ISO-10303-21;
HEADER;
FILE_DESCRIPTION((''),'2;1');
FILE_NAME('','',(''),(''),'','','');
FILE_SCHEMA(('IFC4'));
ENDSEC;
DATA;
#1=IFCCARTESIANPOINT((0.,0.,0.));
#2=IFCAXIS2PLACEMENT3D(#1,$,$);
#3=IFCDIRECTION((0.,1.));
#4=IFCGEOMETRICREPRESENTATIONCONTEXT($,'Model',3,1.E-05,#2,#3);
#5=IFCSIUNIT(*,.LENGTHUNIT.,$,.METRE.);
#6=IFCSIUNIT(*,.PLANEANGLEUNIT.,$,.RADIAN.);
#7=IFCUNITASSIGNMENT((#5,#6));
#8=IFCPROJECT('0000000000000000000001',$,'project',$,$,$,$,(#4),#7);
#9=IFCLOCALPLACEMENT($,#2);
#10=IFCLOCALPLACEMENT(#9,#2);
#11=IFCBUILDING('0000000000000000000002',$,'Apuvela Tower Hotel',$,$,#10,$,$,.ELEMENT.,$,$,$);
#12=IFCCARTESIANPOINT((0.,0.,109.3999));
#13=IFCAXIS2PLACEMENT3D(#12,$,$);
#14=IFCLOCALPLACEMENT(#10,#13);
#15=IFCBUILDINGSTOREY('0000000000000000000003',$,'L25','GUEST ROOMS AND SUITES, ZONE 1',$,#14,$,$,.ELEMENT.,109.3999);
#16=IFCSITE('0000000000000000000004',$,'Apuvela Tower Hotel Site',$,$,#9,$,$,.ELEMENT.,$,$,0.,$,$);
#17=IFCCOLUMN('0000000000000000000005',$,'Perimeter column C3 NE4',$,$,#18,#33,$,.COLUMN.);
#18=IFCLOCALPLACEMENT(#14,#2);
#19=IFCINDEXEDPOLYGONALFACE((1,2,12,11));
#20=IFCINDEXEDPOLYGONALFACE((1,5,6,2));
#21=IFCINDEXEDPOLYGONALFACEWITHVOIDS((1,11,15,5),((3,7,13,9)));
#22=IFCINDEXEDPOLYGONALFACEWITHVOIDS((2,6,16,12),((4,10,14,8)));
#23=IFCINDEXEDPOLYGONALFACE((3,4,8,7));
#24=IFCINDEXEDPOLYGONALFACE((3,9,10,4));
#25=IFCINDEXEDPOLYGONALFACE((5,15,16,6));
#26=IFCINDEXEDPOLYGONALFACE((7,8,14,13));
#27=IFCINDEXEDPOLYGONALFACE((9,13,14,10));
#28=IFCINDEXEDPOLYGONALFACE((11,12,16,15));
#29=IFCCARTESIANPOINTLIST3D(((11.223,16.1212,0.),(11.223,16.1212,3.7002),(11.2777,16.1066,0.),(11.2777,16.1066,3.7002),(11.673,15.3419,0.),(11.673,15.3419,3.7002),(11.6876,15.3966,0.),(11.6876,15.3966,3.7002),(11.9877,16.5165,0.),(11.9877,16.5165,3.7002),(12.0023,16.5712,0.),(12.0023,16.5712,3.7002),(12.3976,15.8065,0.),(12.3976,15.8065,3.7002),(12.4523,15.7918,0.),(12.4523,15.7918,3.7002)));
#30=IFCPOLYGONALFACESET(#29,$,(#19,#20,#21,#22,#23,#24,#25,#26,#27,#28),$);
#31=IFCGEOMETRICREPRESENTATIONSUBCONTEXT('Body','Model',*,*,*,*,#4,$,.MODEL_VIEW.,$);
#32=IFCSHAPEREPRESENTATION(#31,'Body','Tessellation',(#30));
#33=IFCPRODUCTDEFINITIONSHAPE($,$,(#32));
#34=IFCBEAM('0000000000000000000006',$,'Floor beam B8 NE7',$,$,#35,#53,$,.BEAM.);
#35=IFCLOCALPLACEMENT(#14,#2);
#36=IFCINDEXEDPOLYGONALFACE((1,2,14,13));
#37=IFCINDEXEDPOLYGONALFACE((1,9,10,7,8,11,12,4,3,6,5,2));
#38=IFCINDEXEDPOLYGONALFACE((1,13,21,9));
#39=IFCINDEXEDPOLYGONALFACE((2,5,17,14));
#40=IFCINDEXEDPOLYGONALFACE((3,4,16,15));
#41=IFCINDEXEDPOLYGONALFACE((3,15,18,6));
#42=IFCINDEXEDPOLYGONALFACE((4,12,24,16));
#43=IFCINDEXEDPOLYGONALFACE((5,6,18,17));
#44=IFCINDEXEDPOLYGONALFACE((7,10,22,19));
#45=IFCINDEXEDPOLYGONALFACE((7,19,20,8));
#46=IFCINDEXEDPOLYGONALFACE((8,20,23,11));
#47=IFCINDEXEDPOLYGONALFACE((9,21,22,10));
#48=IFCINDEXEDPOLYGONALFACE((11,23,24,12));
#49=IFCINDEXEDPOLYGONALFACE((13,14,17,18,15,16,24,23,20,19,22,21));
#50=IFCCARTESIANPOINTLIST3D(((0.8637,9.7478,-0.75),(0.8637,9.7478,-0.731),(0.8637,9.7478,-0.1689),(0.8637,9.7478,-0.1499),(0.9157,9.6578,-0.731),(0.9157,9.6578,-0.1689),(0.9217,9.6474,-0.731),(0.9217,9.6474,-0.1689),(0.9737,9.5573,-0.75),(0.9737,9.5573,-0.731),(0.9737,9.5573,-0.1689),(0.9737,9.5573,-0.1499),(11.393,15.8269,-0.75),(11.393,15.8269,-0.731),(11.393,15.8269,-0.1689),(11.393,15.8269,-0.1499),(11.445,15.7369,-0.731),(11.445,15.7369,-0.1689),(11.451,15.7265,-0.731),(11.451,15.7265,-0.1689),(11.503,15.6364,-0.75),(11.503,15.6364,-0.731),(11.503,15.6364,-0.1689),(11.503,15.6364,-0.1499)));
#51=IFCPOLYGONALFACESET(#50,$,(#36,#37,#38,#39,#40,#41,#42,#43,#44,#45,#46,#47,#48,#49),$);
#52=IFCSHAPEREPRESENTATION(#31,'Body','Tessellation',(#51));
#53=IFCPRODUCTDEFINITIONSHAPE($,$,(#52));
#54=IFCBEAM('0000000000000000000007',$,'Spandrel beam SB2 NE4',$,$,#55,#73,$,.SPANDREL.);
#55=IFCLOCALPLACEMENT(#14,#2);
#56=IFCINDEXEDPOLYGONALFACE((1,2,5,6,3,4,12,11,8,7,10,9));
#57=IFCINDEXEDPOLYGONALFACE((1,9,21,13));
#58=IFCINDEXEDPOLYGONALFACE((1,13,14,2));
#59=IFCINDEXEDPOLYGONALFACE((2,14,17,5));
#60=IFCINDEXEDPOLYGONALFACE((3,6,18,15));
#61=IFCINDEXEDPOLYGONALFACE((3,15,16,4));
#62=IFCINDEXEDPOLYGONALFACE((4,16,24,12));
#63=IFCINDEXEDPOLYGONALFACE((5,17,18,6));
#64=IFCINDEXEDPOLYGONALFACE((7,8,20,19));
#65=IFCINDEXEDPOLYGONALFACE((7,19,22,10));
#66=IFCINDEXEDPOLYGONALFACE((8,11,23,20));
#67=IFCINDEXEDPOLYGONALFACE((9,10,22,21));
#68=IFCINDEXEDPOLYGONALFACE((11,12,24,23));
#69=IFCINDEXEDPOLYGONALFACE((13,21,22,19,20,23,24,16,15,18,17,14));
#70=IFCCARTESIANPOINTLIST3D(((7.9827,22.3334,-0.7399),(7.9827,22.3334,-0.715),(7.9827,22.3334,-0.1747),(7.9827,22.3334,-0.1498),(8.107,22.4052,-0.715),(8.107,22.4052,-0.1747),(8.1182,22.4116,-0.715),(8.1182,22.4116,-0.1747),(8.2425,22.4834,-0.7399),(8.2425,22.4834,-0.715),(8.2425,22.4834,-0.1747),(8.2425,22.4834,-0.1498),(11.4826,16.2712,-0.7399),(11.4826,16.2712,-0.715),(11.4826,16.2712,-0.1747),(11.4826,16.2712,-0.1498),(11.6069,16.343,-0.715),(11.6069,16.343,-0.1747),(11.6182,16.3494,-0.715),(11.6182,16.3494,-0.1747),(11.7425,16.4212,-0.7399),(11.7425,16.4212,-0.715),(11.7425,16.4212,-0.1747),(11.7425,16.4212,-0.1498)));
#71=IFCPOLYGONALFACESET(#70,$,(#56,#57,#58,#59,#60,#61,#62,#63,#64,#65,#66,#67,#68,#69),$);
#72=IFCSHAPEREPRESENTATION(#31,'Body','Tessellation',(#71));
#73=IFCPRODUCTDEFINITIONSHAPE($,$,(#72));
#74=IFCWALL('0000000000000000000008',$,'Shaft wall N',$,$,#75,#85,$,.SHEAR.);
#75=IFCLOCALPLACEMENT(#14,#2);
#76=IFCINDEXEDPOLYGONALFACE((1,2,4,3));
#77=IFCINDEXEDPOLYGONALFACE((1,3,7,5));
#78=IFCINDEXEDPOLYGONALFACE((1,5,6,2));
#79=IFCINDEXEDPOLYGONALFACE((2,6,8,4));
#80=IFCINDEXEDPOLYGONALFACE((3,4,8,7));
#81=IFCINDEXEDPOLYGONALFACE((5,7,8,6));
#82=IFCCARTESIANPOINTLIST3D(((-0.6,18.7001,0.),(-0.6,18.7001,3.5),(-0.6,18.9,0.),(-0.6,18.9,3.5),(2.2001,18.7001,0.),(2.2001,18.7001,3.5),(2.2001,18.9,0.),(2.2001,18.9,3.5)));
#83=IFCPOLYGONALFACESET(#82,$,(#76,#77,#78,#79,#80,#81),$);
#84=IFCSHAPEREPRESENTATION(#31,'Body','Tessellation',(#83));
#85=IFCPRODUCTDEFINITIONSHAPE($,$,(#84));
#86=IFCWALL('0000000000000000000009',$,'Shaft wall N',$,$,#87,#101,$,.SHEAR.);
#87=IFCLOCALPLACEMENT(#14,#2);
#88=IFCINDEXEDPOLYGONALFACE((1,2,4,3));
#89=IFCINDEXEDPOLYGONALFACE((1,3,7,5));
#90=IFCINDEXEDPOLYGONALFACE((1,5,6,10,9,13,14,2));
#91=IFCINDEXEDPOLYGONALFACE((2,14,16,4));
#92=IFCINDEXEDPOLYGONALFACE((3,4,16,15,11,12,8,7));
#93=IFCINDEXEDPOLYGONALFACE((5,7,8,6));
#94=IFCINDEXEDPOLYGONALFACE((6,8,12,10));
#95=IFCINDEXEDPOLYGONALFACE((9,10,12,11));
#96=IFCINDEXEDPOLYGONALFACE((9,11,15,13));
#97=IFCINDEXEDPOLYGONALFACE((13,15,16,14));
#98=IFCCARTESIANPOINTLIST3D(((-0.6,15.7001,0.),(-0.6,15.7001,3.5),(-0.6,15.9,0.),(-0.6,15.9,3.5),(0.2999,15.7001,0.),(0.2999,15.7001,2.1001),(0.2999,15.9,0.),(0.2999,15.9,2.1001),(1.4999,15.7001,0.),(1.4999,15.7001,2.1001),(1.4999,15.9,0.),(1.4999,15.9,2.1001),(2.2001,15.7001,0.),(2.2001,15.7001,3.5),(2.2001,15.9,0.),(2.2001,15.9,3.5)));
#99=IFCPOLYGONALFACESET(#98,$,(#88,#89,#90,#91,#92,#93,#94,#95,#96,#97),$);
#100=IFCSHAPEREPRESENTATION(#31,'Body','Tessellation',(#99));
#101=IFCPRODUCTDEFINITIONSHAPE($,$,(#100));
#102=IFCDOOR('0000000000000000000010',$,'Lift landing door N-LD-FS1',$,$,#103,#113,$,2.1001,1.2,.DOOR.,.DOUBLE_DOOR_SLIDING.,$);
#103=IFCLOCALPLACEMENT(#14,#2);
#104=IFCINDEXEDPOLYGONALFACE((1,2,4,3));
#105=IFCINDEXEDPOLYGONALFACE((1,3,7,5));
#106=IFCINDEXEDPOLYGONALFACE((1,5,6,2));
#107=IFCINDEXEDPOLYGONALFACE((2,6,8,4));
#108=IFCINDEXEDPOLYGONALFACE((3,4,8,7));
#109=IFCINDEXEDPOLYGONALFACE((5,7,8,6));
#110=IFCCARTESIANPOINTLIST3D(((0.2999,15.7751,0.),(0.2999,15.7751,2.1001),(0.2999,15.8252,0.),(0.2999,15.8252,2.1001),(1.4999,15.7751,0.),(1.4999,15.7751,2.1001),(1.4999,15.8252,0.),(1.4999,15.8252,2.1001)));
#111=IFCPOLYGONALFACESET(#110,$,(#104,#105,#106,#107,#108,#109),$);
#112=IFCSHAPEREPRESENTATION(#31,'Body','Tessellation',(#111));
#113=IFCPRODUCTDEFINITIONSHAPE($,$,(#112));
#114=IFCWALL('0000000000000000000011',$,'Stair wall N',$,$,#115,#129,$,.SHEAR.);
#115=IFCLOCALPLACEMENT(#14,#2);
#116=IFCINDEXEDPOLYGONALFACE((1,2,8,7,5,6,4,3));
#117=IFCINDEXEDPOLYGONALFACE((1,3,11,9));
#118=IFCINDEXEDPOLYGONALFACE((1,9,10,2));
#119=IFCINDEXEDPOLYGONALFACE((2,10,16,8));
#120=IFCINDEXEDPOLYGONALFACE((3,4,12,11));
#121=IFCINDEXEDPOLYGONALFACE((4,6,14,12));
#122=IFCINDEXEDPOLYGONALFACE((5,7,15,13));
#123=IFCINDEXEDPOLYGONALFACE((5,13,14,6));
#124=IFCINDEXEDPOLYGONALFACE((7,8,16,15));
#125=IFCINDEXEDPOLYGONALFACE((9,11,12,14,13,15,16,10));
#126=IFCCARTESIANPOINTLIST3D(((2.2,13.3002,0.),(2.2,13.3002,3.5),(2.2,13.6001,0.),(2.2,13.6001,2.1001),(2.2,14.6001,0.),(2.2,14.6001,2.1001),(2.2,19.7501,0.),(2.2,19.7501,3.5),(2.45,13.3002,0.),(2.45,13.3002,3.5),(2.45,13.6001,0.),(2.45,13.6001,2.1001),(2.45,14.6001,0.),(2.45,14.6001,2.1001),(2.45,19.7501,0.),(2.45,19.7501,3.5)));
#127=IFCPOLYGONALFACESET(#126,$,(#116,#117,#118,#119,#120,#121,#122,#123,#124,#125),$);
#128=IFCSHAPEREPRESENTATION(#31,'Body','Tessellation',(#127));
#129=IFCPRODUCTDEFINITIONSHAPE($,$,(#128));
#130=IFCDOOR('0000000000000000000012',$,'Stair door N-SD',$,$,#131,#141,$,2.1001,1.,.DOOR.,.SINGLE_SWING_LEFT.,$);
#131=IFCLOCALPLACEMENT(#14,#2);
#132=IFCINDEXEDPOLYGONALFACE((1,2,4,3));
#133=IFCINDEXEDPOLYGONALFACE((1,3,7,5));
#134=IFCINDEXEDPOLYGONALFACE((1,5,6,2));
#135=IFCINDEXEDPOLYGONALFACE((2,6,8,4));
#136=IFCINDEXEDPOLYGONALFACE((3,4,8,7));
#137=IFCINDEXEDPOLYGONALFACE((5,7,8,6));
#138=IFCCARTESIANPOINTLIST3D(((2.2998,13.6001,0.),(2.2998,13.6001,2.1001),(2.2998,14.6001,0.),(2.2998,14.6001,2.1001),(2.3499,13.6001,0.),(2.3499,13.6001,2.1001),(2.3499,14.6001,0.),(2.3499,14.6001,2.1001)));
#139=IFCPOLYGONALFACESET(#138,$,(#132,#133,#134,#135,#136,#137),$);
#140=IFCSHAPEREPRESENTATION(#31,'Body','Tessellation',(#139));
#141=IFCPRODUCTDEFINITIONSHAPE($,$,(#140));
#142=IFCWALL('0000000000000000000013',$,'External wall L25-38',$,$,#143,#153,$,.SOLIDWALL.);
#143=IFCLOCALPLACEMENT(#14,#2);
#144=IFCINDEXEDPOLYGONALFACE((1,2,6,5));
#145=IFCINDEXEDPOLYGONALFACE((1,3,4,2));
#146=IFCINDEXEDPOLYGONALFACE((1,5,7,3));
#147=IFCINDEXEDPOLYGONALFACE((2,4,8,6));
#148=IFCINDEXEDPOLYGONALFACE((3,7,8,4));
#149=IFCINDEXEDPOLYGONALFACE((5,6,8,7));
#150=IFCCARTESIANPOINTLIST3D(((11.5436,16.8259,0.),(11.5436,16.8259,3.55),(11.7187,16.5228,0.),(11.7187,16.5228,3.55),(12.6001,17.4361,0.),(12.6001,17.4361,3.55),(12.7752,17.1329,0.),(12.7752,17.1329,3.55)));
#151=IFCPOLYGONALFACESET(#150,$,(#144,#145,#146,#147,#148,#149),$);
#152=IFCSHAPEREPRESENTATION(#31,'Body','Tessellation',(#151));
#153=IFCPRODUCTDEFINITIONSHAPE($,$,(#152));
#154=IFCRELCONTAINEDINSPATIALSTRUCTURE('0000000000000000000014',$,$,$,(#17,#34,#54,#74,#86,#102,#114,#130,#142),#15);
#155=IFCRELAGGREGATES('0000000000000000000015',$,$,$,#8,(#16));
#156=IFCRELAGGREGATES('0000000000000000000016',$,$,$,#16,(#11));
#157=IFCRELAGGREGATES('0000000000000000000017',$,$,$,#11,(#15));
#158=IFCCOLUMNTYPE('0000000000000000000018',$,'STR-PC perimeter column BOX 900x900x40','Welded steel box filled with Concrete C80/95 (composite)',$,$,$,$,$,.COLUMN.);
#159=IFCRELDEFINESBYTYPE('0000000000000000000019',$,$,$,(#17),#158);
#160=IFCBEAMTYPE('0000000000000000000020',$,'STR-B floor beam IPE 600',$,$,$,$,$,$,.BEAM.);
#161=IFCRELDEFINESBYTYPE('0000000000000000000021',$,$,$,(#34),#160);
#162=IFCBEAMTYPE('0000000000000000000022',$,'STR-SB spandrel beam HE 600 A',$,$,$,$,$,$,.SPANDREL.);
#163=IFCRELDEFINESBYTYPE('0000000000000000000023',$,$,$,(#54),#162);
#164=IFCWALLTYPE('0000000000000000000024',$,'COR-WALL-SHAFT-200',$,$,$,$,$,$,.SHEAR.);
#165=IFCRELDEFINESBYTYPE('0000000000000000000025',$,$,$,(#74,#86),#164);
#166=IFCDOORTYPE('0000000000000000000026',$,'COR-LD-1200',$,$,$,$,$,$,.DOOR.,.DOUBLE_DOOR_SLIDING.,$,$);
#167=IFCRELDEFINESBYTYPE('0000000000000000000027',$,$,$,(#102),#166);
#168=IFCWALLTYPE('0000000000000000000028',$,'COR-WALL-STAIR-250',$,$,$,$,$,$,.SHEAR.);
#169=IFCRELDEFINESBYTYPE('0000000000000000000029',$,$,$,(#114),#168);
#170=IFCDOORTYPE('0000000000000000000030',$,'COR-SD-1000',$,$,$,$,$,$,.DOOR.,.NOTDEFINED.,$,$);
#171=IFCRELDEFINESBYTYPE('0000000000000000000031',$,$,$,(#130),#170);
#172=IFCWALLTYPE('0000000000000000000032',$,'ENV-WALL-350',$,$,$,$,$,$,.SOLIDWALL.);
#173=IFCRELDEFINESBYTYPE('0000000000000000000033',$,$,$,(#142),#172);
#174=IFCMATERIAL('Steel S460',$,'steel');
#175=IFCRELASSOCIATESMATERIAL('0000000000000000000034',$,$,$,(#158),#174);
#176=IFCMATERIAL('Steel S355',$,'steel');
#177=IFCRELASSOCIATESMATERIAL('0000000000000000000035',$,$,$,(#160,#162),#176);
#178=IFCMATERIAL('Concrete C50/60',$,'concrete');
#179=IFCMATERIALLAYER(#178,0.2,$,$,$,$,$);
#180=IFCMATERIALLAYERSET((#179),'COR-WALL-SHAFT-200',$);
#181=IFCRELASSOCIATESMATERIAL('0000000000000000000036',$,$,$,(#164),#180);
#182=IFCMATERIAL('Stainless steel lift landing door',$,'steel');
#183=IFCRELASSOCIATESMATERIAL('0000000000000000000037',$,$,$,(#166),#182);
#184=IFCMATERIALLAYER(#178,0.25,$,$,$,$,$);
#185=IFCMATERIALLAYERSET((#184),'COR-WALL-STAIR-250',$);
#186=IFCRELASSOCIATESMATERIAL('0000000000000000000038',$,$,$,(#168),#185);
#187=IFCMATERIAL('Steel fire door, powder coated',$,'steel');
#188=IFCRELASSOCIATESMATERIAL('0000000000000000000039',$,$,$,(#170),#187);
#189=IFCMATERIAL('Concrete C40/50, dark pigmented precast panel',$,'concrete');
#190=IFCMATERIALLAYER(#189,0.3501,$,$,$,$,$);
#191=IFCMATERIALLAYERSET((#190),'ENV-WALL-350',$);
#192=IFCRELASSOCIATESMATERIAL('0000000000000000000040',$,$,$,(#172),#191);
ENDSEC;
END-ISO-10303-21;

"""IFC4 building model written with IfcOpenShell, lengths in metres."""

from ifc_helpers import new_model, si_unit, direction, frame, frame_2d, origin, origin_2d, place, context, subcontext, project, spatial, rectangle, hollow_rectangle, i_section, extrude, material, layer, layer_set, material_profile, profile_set, type_object, element, fill, save


model = new_model("IFC4")

# Units and contexts
model_context = context("Model", 3, precision=1e-05, world=origin(), true_north=direction((0.0, 1.0)))
body_context = subcontext(model_context, "Body", "Model", "MODEL_VIEW")
ifc_project = project(units=[si_unit("LENGTHUNIT", "METRE"), si_unit("PLANEANGLEUNIT", "RADIAN")], contexts=[model_context])

# Site, building, storey
site_placement = place(None, origin())
site = spatial("IfcSite", under=ifc_project, at=site_placement, Name="Apuvela Tower Hotel Site", CompositionType="ELEMENT", RefElevation=0.0)
building_placement = place(site_placement, origin())
building = spatial("IfcBuilding", under=site, at=building_placement, Name="Apuvela Tower Hotel", CompositionType="ELEMENT")
storey_placement = place(building_placement, frame((0.0, 0.0, 109.3999)))
storey = spatial("IfcBuildingStorey", under=building, at=storey_placement, Name="L25", Description="GUEST ROOMS AND SUITES, ZONE 1", CompositionType="ELEMENT", Elevation=109.3999)

# Column
ifc_material_1 = material(Name="Steel S460", Category="steel")
ifc_material_profile_1 = material_profile(ifc_material_1, hollow_rectangle(XDim=0.8999, YDim=0.8999, WallThickness=0.04, at=origin_2d()), Name="BOX 900x900x40")
ifc_material_2 = material(Name="Concrete C80/95", Category="concrete")
ifc_material_profile_2 = material_profile(ifc_material_2, rectangle(XDim=0.8201, YDim=0.8201, at=origin_2d()), Name="Concrete C80/95 infill")
ifc_profile_set_1 = profile_set([ifc_material_profile_1, ifc_material_profile_2], Name="Steel S460")
column_type = type_object("IfcColumnType", Name="STR-PC perimeter column BOX 900x900x40", Description="Welded steel box filled with Concrete C80/95 (composite)", PredefinedType="COLUMN", material=ifc_profile_set_1)
column_placement = place(storey_placement, frame((11.8376, 15.9565, 0.0), z_axis=(0.0, 0.0, 1.0), x_axis=(-0.5, 0.866025, 0.0)))
element("IfcColumn", 1, at=column_placement, inside=storey, type_object=column_type, Name="Perimeter column C3 NE4", PredefinedType="COLUMN", context=body_context, shape_type="SweptSolid", body=[
    extrude(hollow_rectangle(XDim=0.8999, YDim=0.8999, WallThickness=0.04, at=origin_2d()), origin(), (0.0, 0.0, 1.0), 3.7002),
])

# Beams
ifc_material_3 = material(Name="Steel S355", Category="steel")
ifc_material_profile_3 = material_profile(ifc_material_3, i_section(OverallWidth=0.22, OverallDepth=0.6001, WebThickness=0.012, FlangeThickness=0.019, at=origin_2d()), Name="IPE 600")
ifc_profile_set_2 = profile_set([ifc_material_profile_3], Name="Steel S355")
beam_type_1 = type_object("IfcBeamType", Name="STR-B floor beam IPE 600", PredefinedType="BEAM", material=ifc_profile_set_2)
beam_1_placement = place(storey_placement, frame((11.448, 15.7317, -0.45), z_axis=(-0.866025, -0.500001, 0.0), x_axis=(0.500001, -0.866025, 0.0)))
element("IfcBeam", 2, at=beam_1_placement, inside=storey, type_object=beam_type_1, Name="Floor beam B8 NE7", PredefinedType="BEAM", context=body_context, shape_type="SweptSolid", body=[
    extrude(i_section(OverallWidth=0.22, OverallDepth=0.6001, WebThickness=0.012, FlangeThickness=0.019, at=origin_2d()), origin(), (0.0, 0.0, 1.0), 12.1582),
])
ifc_material_profile_4 = material_profile(ifc_material_3, i_section(OverallWidth=0.3, OverallDepth=0.5901, WebThickness=0.0129, FlangeThickness=0.0249, at=origin_2d()), Name="HE 600 A")
ifc_profile_set_3 = profile_set([ifc_material_profile_4], Name="Steel S355")
beam_type_2 = type_object("IfcBeamType", Name="STR-SB spandrel beam HE 600 A", PredefinedType="SPANDREL", material=ifc_profile_set_3)
beam_2_placement = place(storey_placement, frame((11.6125, 16.3462, -0.4448), z_axis=(-0.499995, 0.866028, 0.0), x_axis=(-0.866028, -0.499995, 0.0)))
element("IfcBeam", 3, at=beam_2_placement, inside=storey, type_object=beam_type_2, Name="Spandrel beam SB2 NE4", PredefinedType="SPANDREL", context=body_context, shape_type="SweptSolid", body=[
    extrude(i_section(OverallWidth=0.3, OverallDepth=0.5901, WebThickness=0.0129, FlangeThickness=0.0249, at=origin_2d()), origin(), (0.0, 0.0, 1.0), 7.0),
])

# Wall
ifc_material_4 = material(Name="Concrete C50/60", Category="concrete")
ifc_layer_1 = layer(ifc_material_4, 0.2)
ifc_layer_set_1 = layer_set([ifc_layer_1], Name="COR-WALL-SHAFT-200")
wall_type_1 = type_object("IfcWallType", Name="COR-WALL-SHAFT-200", PredefinedType="SHEAR", material=ifc_layer_set_1)
wall_1_placement = place(storey_placement, frame((2.2, 18.8, 0.0), z_axis=(0.0, 0.0, 1.0), x_axis=(-1.0, 0.0, 0.0)))
element("IfcWall", 4, at=wall_1_placement, inside=storey, type_object=wall_type_1, Name="Shaft wall N", PredefinedType="SHEAR", context=body_context, shape_type="SweptSolid", body=[
    extrude(rectangle(XDim=2.8, YDim=0.2, at=frame_2d((1.3999, 0.0))), origin(), (0.0, 0.0, 1.0), 3.5),
])

# Walls, openings, doors
wall_2_placement = place(storey_placement, frame((2.2, 15.8, 0.0), z_axis=(0.0, 0.0, 1.0), x_axis=(-1.0, 0.0, 0.0)))
wall_2 = element("IfcWall", 5, at=wall_2_placement, inside=storey, type_object=wall_type_1, Name="Shaft wall N", PredefinedType="SHEAR", context=body_context, shape_type="SweptSolid", body=[
    extrude(rectangle(XDim=2.8, YDim=0.2, at=frame_2d((1.3999, 0.0))), origin(), (0.0, 0.0, 1.0), 3.5),
])
opening_1_placement = place(wall_2_placement, frame((0.7, 0.0, 0.0)))
opening_1 = element("IfcOpeningElement", 6, at=opening_1_placement, cuts=wall_2, PredefinedType="OPENING", context=body_context, shape_type="SweptSolid", body=[
    extrude(rectangle(XDim=1.2, YDim=2.1001, at=frame_2d((0.6001, 1.05))), frame((0.0, 0.1099, 0.0), z_axis=(0.0, -1.0, 0.0), x_axis=(1.0, 0.0, 0.0)), (0.0, 0.0, 1.0), 0.22),
])
ifc_material_5 = material(Name="Stainless steel lift landing door", Category="steel")
door_type_1 = type_object("IfcDoorType", Name="COR-LD-1200", OperationType="DOUBLE_DOOR_SLIDING", PredefinedType="DOOR", material=ifc_material_5)
door_1_placement = place(opening_1_placement, origin())
door_1 = element("IfcDoor", 7, at=door_1_placement, inside=storey, type_object=door_type_1, Name="Lift landing door N-LD-FS1", OperationType="DOUBLE_DOOR_SLIDING", OverallHeight=2.1001, OverallWidth=1.2, PredefinedType="DOOR", context=body_context, shape_type="SweptSolid", body=[
    extrude(rectangle(XDim=1.2, YDim=2.1001, at=frame_2d((0.6001, 1.05))), frame((0.0, 0.0249, 0.0), z_axis=(0.0, -1.0, 0.0), x_axis=(1.0, 0.0, 0.0)), (0.0, 0.0, 1.0), 0.05),
])
fill(opening_1, door_1)
ifc_layer_2 = layer(ifc_material_4, 0.25)
ifc_layer_set_2 = layer_set([ifc_layer_2], Name="COR-WALL-STAIR-250")
wall_type_2 = type_object("IfcWallType", Name="COR-WALL-STAIR-250", PredefinedType="SHEAR", material=ifc_layer_set_2)
wall_3_placement = place(storey_placement, frame((2.325, 13.3, 0.0), z_axis=(0.0, 0.0, 1.0), x_axis=(0.0, 1.0, 0.0)))
wall_3 = element("IfcWall", 8, at=wall_3_placement, inside=storey, type_object=wall_type_2, Name="Stair wall N", PredefinedType="SHEAR", context=body_context, shape_type="SweptSolid", body=[
    extrude(rectangle(XDim=6.45, YDim=0.25, at=frame_2d((3.2251, 0.0))), origin(), (0.0, 0.0, 1.0), 3.5),
])
opening_2_placement = place(wall_3_placement, frame((0.3, 0.0, 0.0)))
opening_2 = element("IfcOpeningElement", 9, at=opening_2_placement, cuts=wall_3, PredefinedType="OPENING", context=body_context, shape_type="SweptSolid", body=[
    extrude(rectangle(XDim=1.0, YDim=2.1001, at=frame_2d((0.5, 1.05))), frame((0.0, 0.135, 0.0), z_axis=(0.0, -1.0, 0.0), x_axis=(1.0, 0.0, 0.0)), (0.0, 0.0, 1.0), 0.27),
])
ifc_material_6 = material(Name="Steel fire door, powder coated", Category="steel")
door_type_2 = type_object("IfcDoorType", Name="COR-SD-1000", OperationType="NOTDEFINED", PredefinedType="DOOR", material=ifc_material_6)
door_2_placement = place(opening_2_placement, frame((1.0, 0.0, 0.0), z_axis=(0.0, 0.0, 1.0), x_axis=(-1.0, 0.0, 0.0)))
door_2 = element("IfcDoor", 10, at=door_2_placement, inside=storey, type_object=door_type_2, Name="Stair door N-SD", OperationType="SINGLE_SWING_LEFT", OverallHeight=2.1001, OverallWidth=1.0, PredefinedType="DOOR", context=body_context, shape_type="SweptSolid", body=[
    extrude(rectangle(XDim=1.0, YDim=2.1001, at=frame_2d((0.5, 1.05))), frame((0.0, 0.0249, 0.0), z_axis=(0.0, -1.0, 0.0), x_axis=(1.0, 0.0, 0.0)), (0.0, 0.0, 1.0), 0.05),
])
fill(opening_2, door_2)

# Wall
ifc_material_7 = material(Name="Concrete C40/50, dark pigmented precast panel", Category="concrete")
ifc_layer_3 = layer(ifc_material_7, 0.3501)
ifc_layer_set_3 = layer_set([ifc_layer_3], Name="ENV-WALL-350")
wall_type_3 = type_object("IfcWallType", Name="ENV-WALL-350", PredefinedType="SOLIDWALL", material=ifc_layer_set_3)
wall_4_placement = place(storey_placement, frame((12.6875, 17.2844, 0.0), z_axis=(0.0, 0.0, 1.0), x_axis=(-0.865956, -0.500121, 0.0)))
element("IfcWall", 11, at=wall_4_placement, inside=storey, type_object=wall_type_3, Name="External wall L25-38", PredefinedType="SOLIDWALL", context=body_context, shape_type="SweptSolid", body=[
    extrude(rectangle(XDim=1.22, YDim=0.3501, at=frame_2d((0.6099, 0.0))), origin(), (0.0, 0.0, 1.0), 3.55),
])

save(model, "model.ifc")
